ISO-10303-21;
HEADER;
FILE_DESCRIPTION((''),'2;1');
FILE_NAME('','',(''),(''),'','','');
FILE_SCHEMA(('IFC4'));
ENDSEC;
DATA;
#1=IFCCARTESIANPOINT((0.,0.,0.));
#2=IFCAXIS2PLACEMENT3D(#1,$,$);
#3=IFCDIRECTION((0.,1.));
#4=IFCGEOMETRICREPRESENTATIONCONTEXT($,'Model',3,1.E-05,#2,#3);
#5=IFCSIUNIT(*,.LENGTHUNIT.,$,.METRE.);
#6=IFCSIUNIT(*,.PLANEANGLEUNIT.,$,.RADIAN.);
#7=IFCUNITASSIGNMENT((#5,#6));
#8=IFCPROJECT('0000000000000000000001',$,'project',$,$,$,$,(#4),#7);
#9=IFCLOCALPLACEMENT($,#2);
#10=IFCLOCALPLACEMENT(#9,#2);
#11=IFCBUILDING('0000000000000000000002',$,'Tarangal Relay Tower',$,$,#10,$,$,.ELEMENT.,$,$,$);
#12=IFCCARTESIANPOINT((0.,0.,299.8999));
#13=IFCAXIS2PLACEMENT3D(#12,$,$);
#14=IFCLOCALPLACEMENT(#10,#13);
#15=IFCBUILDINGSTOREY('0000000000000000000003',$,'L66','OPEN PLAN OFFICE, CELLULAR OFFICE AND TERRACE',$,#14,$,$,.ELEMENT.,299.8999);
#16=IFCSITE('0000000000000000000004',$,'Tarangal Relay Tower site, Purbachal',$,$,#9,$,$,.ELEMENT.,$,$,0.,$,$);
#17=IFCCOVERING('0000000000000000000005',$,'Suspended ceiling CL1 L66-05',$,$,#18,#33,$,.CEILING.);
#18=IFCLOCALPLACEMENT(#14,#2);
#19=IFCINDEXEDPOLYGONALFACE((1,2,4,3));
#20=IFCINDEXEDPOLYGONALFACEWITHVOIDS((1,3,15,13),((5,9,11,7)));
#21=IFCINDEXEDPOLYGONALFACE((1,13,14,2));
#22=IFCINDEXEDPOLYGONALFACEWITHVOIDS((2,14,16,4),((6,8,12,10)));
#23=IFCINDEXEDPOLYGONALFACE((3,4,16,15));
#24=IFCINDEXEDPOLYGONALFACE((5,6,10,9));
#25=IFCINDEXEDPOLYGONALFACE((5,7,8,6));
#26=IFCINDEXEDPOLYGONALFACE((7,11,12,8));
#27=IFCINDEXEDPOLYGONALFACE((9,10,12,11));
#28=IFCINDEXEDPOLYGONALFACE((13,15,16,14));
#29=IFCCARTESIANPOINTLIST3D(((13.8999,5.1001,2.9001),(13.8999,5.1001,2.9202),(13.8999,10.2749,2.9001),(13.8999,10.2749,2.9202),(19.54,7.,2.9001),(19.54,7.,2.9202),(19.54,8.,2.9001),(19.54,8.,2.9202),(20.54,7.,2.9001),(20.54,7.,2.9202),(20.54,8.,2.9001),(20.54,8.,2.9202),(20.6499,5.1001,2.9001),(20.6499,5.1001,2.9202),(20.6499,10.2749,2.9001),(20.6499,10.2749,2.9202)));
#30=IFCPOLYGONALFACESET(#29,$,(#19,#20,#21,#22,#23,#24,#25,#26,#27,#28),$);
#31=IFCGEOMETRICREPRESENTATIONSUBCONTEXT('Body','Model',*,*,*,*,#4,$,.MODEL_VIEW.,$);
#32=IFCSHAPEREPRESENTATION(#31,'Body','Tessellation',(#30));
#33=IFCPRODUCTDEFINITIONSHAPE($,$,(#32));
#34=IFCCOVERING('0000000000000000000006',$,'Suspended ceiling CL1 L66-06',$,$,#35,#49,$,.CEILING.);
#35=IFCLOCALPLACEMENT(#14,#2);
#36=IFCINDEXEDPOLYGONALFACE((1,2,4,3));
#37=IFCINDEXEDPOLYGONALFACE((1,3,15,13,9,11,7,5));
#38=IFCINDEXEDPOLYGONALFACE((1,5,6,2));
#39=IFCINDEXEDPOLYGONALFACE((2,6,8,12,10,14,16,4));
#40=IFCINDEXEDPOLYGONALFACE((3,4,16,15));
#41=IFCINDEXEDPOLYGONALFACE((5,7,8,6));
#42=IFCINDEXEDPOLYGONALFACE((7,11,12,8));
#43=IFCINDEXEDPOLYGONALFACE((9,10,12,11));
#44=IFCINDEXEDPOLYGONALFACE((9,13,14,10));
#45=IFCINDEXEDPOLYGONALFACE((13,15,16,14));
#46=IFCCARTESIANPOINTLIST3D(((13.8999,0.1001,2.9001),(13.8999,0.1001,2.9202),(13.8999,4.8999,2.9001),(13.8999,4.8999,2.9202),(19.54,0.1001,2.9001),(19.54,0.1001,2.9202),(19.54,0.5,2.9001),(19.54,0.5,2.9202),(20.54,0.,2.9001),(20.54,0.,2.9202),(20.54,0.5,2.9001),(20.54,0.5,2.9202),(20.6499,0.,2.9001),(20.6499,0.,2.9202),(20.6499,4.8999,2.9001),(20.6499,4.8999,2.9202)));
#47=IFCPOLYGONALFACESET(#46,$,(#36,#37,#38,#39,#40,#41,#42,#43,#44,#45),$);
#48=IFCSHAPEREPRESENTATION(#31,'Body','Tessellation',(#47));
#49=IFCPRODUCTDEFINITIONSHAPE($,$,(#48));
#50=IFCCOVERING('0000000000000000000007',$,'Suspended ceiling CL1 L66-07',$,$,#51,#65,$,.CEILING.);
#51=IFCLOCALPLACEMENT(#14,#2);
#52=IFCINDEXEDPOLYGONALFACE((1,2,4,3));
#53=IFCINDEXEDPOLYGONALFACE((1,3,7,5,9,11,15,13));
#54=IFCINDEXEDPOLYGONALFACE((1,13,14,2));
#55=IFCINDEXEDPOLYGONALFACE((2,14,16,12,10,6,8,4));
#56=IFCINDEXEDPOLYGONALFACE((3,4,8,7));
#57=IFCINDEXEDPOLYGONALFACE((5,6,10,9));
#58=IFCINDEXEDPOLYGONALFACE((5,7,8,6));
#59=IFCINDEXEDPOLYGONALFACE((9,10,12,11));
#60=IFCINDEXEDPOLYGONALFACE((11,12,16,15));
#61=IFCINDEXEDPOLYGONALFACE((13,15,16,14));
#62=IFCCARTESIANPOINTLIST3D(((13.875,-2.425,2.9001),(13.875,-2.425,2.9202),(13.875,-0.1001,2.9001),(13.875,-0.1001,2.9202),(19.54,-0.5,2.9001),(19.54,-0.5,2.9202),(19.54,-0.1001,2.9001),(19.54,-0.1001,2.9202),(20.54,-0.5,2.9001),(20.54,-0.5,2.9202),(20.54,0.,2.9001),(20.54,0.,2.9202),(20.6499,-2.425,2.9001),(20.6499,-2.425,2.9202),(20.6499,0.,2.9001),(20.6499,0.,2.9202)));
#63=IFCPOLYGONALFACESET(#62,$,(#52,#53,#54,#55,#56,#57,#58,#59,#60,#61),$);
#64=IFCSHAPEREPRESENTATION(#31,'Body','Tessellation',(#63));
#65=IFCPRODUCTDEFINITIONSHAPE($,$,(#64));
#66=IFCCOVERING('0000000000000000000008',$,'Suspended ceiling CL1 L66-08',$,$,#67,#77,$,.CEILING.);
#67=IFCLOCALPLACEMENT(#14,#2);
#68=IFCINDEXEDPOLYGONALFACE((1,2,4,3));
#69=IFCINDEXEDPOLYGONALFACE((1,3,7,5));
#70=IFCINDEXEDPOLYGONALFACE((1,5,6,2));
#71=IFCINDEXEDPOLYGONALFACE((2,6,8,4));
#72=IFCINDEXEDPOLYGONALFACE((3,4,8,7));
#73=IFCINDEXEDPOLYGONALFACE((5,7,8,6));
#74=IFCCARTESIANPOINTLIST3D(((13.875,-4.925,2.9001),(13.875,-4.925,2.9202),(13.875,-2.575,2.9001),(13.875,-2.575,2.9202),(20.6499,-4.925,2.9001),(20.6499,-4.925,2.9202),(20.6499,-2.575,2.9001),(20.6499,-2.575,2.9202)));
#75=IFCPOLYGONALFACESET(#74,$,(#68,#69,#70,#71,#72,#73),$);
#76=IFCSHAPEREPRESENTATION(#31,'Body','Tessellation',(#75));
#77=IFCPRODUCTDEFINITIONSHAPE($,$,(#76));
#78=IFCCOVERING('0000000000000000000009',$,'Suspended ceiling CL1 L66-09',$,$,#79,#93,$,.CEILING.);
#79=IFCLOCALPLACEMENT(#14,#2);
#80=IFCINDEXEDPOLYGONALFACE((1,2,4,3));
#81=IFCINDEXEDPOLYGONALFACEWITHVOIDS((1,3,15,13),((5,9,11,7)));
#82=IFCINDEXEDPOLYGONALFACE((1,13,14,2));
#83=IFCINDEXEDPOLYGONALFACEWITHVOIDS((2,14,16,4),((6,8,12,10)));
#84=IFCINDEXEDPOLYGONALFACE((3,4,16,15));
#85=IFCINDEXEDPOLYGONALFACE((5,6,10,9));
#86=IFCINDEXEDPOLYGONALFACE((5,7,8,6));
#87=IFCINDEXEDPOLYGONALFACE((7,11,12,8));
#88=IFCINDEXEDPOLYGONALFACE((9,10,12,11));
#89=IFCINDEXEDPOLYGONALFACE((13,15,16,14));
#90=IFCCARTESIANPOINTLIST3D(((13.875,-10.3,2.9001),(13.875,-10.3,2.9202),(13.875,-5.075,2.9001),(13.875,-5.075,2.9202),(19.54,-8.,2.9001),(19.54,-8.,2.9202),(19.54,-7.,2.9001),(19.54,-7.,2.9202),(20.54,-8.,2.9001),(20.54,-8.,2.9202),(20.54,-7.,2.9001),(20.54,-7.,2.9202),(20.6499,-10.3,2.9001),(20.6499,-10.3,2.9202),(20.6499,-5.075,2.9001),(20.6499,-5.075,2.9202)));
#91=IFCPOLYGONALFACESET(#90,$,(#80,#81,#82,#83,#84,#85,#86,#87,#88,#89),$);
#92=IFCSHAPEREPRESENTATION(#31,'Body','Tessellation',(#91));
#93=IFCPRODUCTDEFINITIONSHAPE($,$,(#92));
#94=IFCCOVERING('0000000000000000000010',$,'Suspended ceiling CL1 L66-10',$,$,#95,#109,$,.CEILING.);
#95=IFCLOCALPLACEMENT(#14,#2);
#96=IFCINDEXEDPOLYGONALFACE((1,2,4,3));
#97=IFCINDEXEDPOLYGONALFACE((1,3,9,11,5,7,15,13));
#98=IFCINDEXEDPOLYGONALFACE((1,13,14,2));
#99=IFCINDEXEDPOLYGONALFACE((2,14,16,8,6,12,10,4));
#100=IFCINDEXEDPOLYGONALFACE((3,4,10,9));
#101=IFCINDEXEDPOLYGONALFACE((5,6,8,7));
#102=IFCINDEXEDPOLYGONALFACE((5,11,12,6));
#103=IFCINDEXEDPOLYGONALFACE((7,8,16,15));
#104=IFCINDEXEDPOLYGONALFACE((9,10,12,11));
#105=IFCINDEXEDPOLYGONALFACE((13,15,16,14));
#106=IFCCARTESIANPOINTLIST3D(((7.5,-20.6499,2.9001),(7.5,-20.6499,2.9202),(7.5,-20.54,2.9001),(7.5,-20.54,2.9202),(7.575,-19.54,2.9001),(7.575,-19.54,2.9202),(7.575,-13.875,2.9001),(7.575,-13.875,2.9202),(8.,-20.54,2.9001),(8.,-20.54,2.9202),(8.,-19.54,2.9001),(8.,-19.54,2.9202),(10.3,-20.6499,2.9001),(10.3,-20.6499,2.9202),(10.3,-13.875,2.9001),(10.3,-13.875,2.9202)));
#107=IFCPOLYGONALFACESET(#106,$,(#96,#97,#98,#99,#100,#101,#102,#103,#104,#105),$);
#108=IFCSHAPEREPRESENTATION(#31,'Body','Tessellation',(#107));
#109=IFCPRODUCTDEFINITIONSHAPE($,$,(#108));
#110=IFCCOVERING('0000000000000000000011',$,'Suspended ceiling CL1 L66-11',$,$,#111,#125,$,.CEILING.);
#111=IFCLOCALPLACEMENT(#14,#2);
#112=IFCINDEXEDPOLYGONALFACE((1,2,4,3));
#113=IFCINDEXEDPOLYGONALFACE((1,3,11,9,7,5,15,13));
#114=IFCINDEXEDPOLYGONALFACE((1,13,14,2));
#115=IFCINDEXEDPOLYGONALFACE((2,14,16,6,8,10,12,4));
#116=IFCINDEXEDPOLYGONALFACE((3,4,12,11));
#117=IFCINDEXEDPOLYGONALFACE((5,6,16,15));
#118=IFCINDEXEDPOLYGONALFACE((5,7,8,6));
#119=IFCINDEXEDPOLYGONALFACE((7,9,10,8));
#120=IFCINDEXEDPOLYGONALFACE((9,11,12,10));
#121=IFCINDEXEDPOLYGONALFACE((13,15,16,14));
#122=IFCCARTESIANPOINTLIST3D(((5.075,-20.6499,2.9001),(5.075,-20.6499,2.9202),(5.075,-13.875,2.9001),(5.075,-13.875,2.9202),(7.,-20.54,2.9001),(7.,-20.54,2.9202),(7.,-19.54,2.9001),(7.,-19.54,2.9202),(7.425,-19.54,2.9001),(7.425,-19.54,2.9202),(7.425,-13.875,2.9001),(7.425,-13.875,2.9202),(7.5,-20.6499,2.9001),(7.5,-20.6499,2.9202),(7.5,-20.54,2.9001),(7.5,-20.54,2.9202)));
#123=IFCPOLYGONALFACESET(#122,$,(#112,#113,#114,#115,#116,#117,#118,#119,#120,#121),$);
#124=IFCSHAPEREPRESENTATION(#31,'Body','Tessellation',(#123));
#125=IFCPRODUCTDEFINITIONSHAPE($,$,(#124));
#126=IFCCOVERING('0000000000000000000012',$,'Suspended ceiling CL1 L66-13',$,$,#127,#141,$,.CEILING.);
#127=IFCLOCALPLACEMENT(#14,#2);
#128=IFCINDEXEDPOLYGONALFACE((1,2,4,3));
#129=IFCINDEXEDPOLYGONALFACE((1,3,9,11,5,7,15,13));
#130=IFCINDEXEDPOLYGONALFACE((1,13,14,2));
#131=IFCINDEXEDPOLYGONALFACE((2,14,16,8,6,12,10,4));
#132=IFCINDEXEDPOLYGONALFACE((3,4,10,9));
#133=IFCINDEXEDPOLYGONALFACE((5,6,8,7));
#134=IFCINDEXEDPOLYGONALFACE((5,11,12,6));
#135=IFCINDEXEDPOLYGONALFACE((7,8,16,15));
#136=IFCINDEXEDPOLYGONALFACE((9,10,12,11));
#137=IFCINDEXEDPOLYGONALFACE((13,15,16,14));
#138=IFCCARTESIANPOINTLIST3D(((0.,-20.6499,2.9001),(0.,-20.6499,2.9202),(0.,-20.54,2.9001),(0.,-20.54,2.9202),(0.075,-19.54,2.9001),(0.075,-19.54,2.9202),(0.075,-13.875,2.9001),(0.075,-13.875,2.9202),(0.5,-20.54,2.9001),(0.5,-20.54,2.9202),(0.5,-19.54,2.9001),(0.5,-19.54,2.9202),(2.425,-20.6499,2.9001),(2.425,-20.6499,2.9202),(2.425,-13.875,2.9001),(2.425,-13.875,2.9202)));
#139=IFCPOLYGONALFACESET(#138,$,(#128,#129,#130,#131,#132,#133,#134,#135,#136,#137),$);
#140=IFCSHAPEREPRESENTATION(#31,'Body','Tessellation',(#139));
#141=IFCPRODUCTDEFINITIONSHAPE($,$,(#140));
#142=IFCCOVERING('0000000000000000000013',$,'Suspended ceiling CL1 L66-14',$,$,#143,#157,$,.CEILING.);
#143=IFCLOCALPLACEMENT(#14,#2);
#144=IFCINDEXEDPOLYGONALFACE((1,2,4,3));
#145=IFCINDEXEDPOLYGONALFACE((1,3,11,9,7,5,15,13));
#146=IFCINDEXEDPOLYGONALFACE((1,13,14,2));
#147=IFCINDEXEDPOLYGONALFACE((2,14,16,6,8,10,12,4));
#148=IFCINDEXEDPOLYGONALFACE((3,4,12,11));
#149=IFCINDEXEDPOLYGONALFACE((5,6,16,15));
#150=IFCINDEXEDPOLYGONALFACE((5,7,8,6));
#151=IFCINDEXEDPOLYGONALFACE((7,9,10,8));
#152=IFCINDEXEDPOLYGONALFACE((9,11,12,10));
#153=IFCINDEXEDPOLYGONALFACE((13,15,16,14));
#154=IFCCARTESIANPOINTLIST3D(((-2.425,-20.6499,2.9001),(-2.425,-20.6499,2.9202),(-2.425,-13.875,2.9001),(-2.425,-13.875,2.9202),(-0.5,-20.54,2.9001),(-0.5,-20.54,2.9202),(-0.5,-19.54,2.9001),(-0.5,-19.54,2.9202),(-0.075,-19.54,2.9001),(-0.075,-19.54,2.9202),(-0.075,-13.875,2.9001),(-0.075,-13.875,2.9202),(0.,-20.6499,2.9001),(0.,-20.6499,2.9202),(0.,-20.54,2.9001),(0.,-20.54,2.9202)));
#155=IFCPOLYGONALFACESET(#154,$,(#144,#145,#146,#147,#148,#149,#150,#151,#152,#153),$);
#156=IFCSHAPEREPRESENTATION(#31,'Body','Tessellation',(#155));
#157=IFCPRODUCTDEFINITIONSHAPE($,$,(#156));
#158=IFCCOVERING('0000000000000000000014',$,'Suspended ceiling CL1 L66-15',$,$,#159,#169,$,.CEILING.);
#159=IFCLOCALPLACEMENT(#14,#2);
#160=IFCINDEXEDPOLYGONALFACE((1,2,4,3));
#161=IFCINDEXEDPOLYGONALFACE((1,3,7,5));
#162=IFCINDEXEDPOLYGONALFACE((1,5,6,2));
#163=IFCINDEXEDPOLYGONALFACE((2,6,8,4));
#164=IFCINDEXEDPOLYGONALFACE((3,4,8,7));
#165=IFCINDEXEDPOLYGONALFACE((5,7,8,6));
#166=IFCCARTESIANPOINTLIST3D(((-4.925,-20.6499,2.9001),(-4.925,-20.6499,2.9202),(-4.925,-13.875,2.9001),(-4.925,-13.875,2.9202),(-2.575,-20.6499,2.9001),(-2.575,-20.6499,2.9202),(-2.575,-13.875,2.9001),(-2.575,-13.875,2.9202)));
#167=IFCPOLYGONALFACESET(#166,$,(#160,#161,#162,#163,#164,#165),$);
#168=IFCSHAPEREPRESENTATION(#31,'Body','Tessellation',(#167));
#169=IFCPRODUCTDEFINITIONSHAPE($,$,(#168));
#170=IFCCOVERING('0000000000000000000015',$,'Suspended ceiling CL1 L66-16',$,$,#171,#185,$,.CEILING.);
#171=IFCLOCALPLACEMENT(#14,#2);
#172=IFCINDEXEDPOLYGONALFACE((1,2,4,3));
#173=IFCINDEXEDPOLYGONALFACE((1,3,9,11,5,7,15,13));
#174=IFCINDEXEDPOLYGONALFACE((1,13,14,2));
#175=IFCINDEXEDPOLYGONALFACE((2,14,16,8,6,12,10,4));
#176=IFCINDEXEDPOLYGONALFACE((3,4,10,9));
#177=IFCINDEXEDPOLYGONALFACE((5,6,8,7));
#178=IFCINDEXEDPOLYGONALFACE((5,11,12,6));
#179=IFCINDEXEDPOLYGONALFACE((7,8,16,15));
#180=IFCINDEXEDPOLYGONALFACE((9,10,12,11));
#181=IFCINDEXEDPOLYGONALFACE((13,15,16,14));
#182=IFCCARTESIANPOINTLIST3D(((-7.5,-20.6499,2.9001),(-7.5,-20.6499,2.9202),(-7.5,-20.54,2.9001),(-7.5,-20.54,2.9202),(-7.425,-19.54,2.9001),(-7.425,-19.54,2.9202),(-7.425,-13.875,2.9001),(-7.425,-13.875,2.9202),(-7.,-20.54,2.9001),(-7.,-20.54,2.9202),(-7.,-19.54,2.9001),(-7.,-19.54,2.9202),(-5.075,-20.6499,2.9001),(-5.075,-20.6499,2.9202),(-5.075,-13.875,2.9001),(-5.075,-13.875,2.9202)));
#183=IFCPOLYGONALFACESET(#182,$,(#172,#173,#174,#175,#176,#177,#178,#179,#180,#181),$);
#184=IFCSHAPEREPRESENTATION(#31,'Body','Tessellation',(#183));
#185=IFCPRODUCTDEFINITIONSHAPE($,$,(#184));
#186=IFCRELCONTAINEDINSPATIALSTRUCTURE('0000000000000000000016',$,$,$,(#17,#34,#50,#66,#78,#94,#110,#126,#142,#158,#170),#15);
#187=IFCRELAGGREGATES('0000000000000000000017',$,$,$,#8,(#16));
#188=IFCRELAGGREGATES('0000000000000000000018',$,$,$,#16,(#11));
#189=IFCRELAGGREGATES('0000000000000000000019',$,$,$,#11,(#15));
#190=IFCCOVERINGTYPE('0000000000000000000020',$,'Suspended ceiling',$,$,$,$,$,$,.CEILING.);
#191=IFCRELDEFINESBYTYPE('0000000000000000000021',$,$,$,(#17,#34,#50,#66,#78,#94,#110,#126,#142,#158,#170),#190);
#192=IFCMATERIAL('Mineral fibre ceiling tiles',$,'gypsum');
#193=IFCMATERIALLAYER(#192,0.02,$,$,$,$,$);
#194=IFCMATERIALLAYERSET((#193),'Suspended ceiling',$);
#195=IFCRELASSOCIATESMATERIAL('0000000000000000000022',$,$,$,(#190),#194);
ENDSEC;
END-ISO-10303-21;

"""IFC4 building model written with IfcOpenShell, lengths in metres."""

from ifc_helpers import new_model, si_unit, direction, frame, origin, place, context, subcontext, project, spatial, polyline, outline, extrude, material, layer, layer_set, type_object, element, save


model = new_model("IFC4")

# Units and contexts
model_context = context("Model", 3, precision=1e-05, world=origin(), true_north=direction((0.0, 1.0)))
body_context = subcontext(model_context, "Body", "Model", "MODEL_VIEW")
ifc_project = project(units=[si_unit("LENGTHUNIT", "METRE"), si_unit("PLANEANGLEUNIT", "RADIAN")], contexts=[model_context])

# Site, building, storey
site_placement = place(None, origin())
site = spatial("IfcSite", under=ifc_project, at=site_placement, Name="Tarangal Relay Tower site, Purbachal", CompositionType="ELEMENT", RefElevation=0.0)
building_placement = place(site_placement, origin())
building = spatial("IfcBuilding", under=site, at=building_placement, Name="Tarangal Relay Tower", CompositionType="ELEMENT")
storey_placement = place(building_placement, frame((0.0, 0.0, 299.8999)))
storey = spatial("IfcBuildingStorey", under=building, at=storey_placement, Name="L66", Description="OPEN PLAN OFFICE, CELLULAR OFFICE AND TERRACE", CompositionType="ELEMENT", Elevation=299.8999)

# Coverings
ifc_material_1 = material(Name="Mineral fibre ceiling tiles", Category="gypsum")
ifc_layer_1 = layer(ifc_material_1, 0.02)
ifc_layer_set_1 = layer_set([ifc_layer_1], Name="Suspended ceiling")
covering_type_1 = type_object("IfcCoveringType", Name="Suspended ceiling", PredefinedType="CEILING", material=ifc_layer_set_1)
covering_1_placement = place(storey_placement, frame((0.0, 0.0, 2.9001)))
element("IfcCovering", 1, at=covering_1_placement, inside=storey, type_object=covering_type_1, Name="Suspended ceiling CL1 L66-05", PredefinedType="CEILING", context=body_context, shape_type="SweptSolid", body=[
    extrude(outline(polyline([(20.6499, 5.1001), (20.6499, 10.2749), (13.8999, 10.2749), (13.8999, 5.1001), (20.6499, 5.1001)]), holes=[polyline([(20.54, 8.0), (19.54, 8.0), (19.54, 7.0), (20.54, 7.0), (20.54, 8.0)])]), origin(), (0.0, 0.0, 1.0), 0.02),
])
covering_2_placement = place(storey_placement, frame((0.0, 0.0, 2.9001)))
element("IfcCovering", 2, at=covering_2_placement, inside=storey, type_object=covering_type_1, Name="Suspended ceiling CL1 L66-06", PredefinedType="CEILING", context=body_context, shape_type="SweptSolid", body=[
    extrude(outline(polyline([(20.6499, 0.0), (20.6499, 4.8999), (13.8999, 4.8999), (13.8999, 0.1001), (19.54, 0.1001), (19.54, 0.5), (20.54, 0.5), (20.54, 0.0), (20.6499, 0.0)])), origin(), (0.0, 0.0, 1.0), 0.02),
])
covering_3_placement = place(storey_placement, frame((0.0, 0.0, 2.9001)))
element("IfcCovering", 3, at=covering_3_placement, inside=storey, type_object=covering_type_1, Name="Suspended ceiling CL1 L66-07", PredefinedType="CEILING", context=body_context, shape_type="SweptSolid", body=[
    extrude(outline(polyline([(20.6499, -2.425), (20.6499, 0.0), (20.54, 0.0), (20.54, -0.5), (19.54, -0.5), (19.54, -0.1001), (13.875, -0.1001), (13.875, -2.425), (20.6499, -2.425)])), origin(), (0.0, 0.0, 1.0), 0.02),
])
covering_4_placement = place(storey_placement, frame((0.0, 0.0, 2.9001)))
element("IfcCovering", 4, at=covering_4_placement, inside=storey, type_object=covering_type_1, Name="Suspended ceiling CL1 L66-08", PredefinedType="CEILING", context=body_context, shape_type="SweptSolid", body=[
    extrude(outline(polyline([(20.6499, -2.575), (13.875, -2.575), (13.875, -4.925), (20.6499, -4.925), (20.6499, -2.575)])), origin(), (0.0, 0.0, 1.0), 0.02),
])
covering_5_placement = place(storey_placement, frame((0.0, 0.0, 2.9001)))
element("IfcCovering", 5, at=covering_5_placement, inside=storey, type_object=covering_type_1, Name="Suspended ceiling CL1 L66-09", PredefinedType="CEILING", context=body_context, shape_type="SweptSolid", body=[
    extrude(outline(polyline([(20.6499, -10.3), (20.6499, -5.075), (13.875, -5.075), (13.875, -10.3), (20.6499, -10.3)]), holes=[polyline([(20.54, -7.0), (19.54, -7.0), (19.54, -8.0), (20.54, -8.0), (20.54, -7.0)])]), origin(), (0.0, 0.0, 1.0), 0.02),
])
covering_6_placement = place(storey_placement, frame((0.0, 0.0, 2.9001)))
element("IfcCovering", 6, at=covering_6_placement, inside=storey, type_object=covering_type_1, Name="Suspended ceiling CL1 L66-10", PredefinedType="CEILING", context=body_context, shape_type="SweptSolid", body=[
    extrude(outline(polyline([(7.5, -20.6499), (10.3, -20.6499), (10.3, -13.875), (7.575, -13.875), (7.575, -19.54), (8.0, -19.54), (8.0, -20.54), (7.5, -20.54), (7.5, -20.6499)])), origin(), (0.0, 0.0, 1.0), 0.02),
])
covering_7_placement = place(storey_placement, frame((0.0, 0.0, 2.9001)))
element("IfcCovering", 7, at=covering_7_placement, inside=storey, type_object=covering_type_1, Name="Suspended ceiling CL1 L66-11", PredefinedType="CEILING", context=body_context, shape_type="SweptSolid", body=[
    extrude(outline(polyline([(5.075, -20.6499), (7.5, -20.6499), (7.5, -20.54), (7.0, -20.54), (7.0, -19.54), (7.425, -19.54), (7.425, -13.875), (5.075, -13.875), (5.075, -20.6499)])), origin(), (0.0, 0.0, 1.0), 0.02),
])
covering_8_placement = place(storey_placement, frame((0.0, 0.0, 2.9001)))
element("IfcCovering", 8, at=covering_8_placement, inside=storey, type_object=covering_type_1, Name="Suspended ceiling CL1 L66-13", PredefinedType="CEILING", context=body_context, shape_type="SweptSolid", body=[
    extrude(outline(polyline([(0.0, -20.6499), (2.425, -20.6499), (2.425, -13.875), (0.075, -13.875), (0.075, -19.54), (0.5, -19.54), (0.5, -20.54), (0.0, -20.54), (0.0, -20.6499)])), origin(), (0.0, 0.0, 1.0), 0.02),
])
covering_9_placement = place(storey_placement, frame((0.0, 0.0, 2.9001)))
element("IfcCovering", 9, at=covering_9_placement, inside=storey, type_object=covering_type_1, Name="Suspended ceiling CL1 L66-14", PredefinedType="CEILING", context=body_context, shape_type="SweptSolid", body=[
    extrude(outline(polyline([(-2.425, -20.6499), (0.0, -20.6499), (0.0, -20.54), (-0.5, -20.54), (-0.5, -19.54), (-0.075, -19.54), (-0.075, -13.875), (-2.425, -13.875), (-2.425, -20.6499)])), origin(), (0.0, 0.0, 1.0), 0.02),
])
covering_10_placement = place(storey_placement, frame((0.0, 0.0, 2.9001)))
element("IfcCovering", 10, at=covering_10_placement, inside=storey, type_object=covering_type_1, Name="Suspended ceiling CL1 L66-15", PredefinedType="CEILING", context=body_context, shape_type="SweptSolid", body=[
    extrude(outline(polyline([(-2.575, -20.6499), (-2.575, -13.875), (-4.925, -13.875), (-4.925, -20.6499), (-2.575, -20.6499)])), origin(), (0.0, 0.0, 1.0), 0.02),
])
covering_11_placement = place(storey_placement, frame((0.0, 0.0, 2.9001)))
element("IfcCovering", 11, at=covering_11_placement, inside=storey, type_object=covering_type_1, Name="Suspended ceiling CL1 L66-16", PredefinedType="CEILING", context=body_context, shape_type="SweptSolid", body=[
    extrude(outline(polyline([(-7.5, -20.6499), (-5.075, -20.6499), (-5.075, -13.875), (-7.425, -13.875), (-7.425, -19.54), (-7.0, -19.54), (-7.0, -20.54), (-7.5, -20.54), (-7.5, -20.6499)])), origin(), (0.0, 0.0, 1.0), 0.02),
])

save(model, "model.ifc")
